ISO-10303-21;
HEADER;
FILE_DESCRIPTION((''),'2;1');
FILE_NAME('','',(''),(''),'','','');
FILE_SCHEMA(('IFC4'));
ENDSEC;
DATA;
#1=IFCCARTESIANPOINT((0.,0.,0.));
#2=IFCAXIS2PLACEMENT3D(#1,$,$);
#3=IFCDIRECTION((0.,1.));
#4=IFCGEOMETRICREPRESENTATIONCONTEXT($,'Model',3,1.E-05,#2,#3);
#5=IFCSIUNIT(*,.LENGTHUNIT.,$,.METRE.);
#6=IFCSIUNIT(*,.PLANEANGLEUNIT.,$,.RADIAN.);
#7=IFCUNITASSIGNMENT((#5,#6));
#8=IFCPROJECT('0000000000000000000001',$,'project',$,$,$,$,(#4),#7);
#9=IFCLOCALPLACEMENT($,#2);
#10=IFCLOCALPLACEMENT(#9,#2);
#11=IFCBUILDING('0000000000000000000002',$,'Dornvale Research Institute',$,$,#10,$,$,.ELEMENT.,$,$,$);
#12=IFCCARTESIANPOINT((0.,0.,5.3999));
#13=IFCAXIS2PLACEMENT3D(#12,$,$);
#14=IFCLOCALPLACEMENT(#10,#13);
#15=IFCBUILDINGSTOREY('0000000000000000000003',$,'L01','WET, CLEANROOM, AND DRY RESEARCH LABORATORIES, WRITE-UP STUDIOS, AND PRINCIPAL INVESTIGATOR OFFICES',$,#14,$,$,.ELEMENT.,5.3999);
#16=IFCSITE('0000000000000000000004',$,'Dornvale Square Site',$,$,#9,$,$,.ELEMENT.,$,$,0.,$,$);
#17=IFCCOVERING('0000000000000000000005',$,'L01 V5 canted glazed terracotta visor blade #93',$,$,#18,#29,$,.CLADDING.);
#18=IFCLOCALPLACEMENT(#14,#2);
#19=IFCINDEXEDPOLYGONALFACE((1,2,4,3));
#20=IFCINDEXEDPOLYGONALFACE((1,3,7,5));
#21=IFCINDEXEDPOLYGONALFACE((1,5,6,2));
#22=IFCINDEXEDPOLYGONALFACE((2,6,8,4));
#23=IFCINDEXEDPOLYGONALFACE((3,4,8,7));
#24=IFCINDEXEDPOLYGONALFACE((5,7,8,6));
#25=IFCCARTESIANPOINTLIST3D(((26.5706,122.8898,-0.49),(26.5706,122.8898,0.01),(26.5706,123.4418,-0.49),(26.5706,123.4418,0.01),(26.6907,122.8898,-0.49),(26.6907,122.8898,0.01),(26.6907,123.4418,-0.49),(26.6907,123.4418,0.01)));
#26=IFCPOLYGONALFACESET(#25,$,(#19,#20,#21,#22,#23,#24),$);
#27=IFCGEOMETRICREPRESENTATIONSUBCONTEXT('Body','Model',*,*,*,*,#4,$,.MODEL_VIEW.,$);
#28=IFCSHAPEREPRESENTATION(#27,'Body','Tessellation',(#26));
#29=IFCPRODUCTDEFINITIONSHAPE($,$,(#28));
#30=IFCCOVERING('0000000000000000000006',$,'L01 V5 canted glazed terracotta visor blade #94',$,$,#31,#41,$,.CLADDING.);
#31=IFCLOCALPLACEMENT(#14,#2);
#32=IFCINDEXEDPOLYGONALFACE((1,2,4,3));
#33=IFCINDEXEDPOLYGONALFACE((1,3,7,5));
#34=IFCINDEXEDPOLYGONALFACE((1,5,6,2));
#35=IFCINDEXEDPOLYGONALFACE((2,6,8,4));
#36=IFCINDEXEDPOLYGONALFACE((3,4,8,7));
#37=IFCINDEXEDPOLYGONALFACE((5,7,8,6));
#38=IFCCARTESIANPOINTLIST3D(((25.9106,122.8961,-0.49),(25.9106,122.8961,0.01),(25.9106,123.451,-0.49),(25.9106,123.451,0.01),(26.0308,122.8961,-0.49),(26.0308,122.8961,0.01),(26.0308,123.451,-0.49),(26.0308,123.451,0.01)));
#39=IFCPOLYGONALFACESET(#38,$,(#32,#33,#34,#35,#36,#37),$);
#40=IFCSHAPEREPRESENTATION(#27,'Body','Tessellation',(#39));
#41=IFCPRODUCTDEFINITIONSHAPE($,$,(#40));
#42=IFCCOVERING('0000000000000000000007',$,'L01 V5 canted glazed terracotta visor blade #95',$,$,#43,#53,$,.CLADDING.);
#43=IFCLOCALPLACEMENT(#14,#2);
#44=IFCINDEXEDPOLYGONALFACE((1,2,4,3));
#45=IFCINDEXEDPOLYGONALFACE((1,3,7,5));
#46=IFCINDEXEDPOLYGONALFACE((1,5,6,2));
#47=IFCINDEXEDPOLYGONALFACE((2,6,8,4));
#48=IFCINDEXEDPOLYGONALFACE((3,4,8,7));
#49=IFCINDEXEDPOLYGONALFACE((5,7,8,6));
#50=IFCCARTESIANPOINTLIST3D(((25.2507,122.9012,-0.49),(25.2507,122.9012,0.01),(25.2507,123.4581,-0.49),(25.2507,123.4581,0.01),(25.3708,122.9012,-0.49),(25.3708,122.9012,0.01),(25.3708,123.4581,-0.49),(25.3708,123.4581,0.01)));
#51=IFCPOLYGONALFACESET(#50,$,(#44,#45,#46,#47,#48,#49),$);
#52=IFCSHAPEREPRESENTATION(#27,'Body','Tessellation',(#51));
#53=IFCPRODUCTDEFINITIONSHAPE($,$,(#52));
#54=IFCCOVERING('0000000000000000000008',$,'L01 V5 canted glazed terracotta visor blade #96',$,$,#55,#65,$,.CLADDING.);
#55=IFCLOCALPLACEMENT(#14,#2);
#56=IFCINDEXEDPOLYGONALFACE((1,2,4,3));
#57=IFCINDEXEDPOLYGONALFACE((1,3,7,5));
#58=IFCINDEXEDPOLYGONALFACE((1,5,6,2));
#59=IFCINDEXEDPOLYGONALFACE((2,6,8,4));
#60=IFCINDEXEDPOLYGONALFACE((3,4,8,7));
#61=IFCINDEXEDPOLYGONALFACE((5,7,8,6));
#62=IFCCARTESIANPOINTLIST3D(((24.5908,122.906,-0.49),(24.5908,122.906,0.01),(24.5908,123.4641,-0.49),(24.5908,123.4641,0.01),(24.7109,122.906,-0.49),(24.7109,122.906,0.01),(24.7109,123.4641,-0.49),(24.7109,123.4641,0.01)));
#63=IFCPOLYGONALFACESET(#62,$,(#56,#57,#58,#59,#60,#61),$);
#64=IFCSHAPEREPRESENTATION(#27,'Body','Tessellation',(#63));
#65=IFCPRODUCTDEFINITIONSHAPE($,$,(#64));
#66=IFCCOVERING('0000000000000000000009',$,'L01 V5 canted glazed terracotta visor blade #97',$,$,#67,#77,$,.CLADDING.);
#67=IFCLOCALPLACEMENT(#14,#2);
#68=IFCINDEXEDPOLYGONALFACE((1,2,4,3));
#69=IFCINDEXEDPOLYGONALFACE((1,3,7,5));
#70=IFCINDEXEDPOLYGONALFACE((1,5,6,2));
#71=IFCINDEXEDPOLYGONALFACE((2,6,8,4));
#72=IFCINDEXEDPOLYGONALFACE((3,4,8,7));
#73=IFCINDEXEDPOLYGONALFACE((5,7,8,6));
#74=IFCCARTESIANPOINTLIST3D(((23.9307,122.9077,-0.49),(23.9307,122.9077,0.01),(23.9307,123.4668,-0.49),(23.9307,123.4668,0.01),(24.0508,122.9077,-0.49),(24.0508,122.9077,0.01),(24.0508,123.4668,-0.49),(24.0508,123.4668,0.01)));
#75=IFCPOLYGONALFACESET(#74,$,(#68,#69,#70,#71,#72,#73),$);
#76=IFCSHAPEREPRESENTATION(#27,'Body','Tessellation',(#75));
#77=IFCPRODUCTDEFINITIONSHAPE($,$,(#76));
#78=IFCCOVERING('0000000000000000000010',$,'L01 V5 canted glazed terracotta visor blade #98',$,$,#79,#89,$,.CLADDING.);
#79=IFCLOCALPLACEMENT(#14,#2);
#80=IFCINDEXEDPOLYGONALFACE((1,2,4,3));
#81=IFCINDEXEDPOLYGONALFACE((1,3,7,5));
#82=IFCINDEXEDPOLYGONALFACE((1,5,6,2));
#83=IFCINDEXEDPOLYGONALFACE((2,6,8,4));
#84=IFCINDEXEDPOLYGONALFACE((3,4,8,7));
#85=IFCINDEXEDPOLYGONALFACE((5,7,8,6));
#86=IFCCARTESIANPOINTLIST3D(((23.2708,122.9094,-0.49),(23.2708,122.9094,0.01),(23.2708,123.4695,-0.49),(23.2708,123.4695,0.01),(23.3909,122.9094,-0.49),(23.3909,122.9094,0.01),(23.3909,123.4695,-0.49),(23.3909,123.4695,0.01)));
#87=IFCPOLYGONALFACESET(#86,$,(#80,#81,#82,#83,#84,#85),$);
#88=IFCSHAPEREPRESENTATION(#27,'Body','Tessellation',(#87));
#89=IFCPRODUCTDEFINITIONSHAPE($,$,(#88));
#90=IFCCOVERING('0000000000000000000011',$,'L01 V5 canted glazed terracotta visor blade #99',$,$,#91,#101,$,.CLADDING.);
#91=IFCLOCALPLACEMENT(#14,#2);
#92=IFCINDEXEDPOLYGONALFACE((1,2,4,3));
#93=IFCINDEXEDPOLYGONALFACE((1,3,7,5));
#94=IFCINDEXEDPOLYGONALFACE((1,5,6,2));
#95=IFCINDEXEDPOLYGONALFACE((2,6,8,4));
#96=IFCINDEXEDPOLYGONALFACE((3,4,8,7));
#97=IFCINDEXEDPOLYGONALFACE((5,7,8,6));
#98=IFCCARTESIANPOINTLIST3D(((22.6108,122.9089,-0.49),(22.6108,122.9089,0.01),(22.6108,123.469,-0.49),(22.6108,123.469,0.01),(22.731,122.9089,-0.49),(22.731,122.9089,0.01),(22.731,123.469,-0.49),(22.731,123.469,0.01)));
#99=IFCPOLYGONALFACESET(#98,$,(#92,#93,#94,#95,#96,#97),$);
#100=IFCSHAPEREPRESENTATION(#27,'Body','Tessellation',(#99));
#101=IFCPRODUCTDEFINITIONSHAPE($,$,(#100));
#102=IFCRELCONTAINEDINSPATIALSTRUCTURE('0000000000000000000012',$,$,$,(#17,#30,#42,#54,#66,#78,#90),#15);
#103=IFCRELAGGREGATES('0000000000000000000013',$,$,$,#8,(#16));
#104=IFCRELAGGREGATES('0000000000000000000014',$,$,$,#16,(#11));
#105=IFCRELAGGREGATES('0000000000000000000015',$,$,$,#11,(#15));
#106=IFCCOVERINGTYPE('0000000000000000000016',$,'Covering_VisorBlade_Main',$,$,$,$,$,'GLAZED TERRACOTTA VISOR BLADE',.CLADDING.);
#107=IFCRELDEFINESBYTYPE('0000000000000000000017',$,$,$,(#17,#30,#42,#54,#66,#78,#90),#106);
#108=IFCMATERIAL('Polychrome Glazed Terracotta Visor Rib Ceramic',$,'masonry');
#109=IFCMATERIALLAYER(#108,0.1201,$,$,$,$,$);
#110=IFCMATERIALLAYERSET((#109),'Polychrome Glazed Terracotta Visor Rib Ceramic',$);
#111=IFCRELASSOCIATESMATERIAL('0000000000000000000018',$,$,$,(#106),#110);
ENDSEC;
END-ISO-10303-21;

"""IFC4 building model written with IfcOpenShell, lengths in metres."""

from ifc_helpers import new_model, si_unit, direction, frame, origin, origin_2d, place, context, subcontext, project, spatial, rectangle, extrude, material, layer, layer_set, type_object, element, save


model = new_model("IFC4")

# Units and contexts
model_context = context("Model", 3, precision=1e-05, world=origin(), true_north=direction((0.0, 1.0)))
body_context = subcontext(model_context, "Body", "Model", "MODEL_VIEW")
ifc_project = project(units=[si_unit("LENGTHUNIT", "METRE"), si_unit("PLANEANGLEUNIT", "RADIAN")], contexts=[model_context])

# Site, building, storey
site_placement = place(None, origin())
site = spatial("IfcSite", under=ifc_project, at=site_placement, Name="Dornvale Square Site", CompositionType="ELEMENT", RefElevation=0.0)
building_placement = place(site_placement, origin())
building = spatial("IfcBuilding", under=site, at=building_placement, Name="Dornvale Research Institute", CompositionType="ELEMENT")
storey_placement = place(building_placement, frame((0.0, 0.0, 5.3999)))
storey = spatial("IfcBuildingStorey", under=building, at=storey_placement, Name="L01", Description="WET, CLEANROOM, AND DRY RESEARCH LABORATORIES, WRITE-UP STUDIOS, AND PRINCIPAL INVESTIGATOR OFFICES", CompositionType="ELEMENT", Elevation=5.3999)

# Coverings
ifc_material_1 = material(Name="Polychrome Glazed Terracotta Visor Rib Ceramic", Category="masonry")
ifc_layer_1 = layer(ifc_material_1, 0.1201)
ifc_layer_set_1 = layer_set([ifc_layer_1], Name="Polychrome Glazed Terracotta Visor Rib Ceramic")
covering_type = type_object("IfcCoveringType", Name="Covering_VisorBlade_Main", ElementType="GLAZED TERRACOTTA VISOR BLADE", PredefinedType="CLADDING", material=ifc_layer_set_1)
covering_1_placement = place(storey_placement, frame((26.6306, 123.1658, -0.49), z_axis=(0.0, 0.0, 1.0), x_axis=(0.0, 1.0, 0.0)))
element("IfcCovering", 1, at=covering_1_placement, inside=storey, type_object=covering_type, Name="L01 V5 canted glazed terracotta visor blade #93", PredefinedType="CLADDING", context=body_context, shape_type="SweptSolid", body=[
    extrude(rectangle(XDim=0.552, YDim=0.1201, at=origin_2d()), origin(), (0.0, 0.0, 1.0), 0.5),
])
covering_2_placement = place(storey_placement, frame((25.9707, 123.1736, -0.49), z_axis=(0.0, 0.0, 1.0), x_axis=(0.0, 1.0, 0.0)))
element("IfcCovering", 2, at=covering_2_placement, inside=storey, type_object=covering_type, Name="L01 V5 canted glazed terracotta visor blade #94", PredefinedType="CLADDING", context=body_context, shape_type="SweptSolid", body=[
    extrude(rectangle(XDim=0.5549, YDim=0.1201, at=origin_2d()), origin(), (0.0, 0.0, 1.0), 0.5),
])
covering_3_placement = place(storey_placement, frame((25.3108, 123.1797, -0.49), z_axis=(0.0, 0.0, 1.0), x_axis=(0.0, 1.0, 0.0)))
element("IfcCovering", 3, at=covering_3_placement, inside=storey, type_object=covering_type, Name="L01 V5 canted glazed terracotta visor blade #95", PredefinedType="CLADDING", context=body_context, shape_type="SweptSolid", body=[
    extrude(rectangle(XDim=0.5569, YDim=0.1201, at=origin_2d()), origin(), (0.0, 0.0, 1.0), 0.5),
])
covering_4_placement = place(storey_placement, frame((24.6509, 123.1851, -0.49), z_axis=(0.0, 0.0, 1.0), x_axis=(0.0, 1.0, 0.0)))
element("IfcCovering", 4, at=covering_4_placement, inside=storey, type_object=covering_type, Name="L01 V5 canted glazed terracotta visor blade #96", PredefinedType="CLADDING", context=body_context, shape_type="SweptSolid", body=[
    extrude(rectangle(XDim=0.5581, YDim=0.1201, at=origin_2d()), origin(), (0.0, 0.0, 1.0), 0.5),
])
covering_5_placement = place(storey_placement, frame((23.9907, 123.1873, -0.49), z_axis=(0.0, 0.0, 1.0), x_axis=(0.0, 1.0, 0.0)))
element("IfcCovering", 5, at=covering_5_placement, inside=storey, type_object=covering_type, Name="L01 V5 canted glazed terracotta visor blade #97", PredefinedType="CLADDING", context=body_context, shape_type="SweptSolid", body=[
    extrude(rectangle(XDim=0.5591, YDim=0.1201, at=origin_2d()), origin(), (0.0, 0.0, 1.0), 0.5),
])
for number, where, z_axis, x_axis, name in (
    (6, (23.3308, 123.1895, -0.49), (0.0, 0.0, 1.0), (0.0, 1.0, 0.0), "L01 V5 canted glazed terracotta visor blade #98"),
    (7, (22.6709, 123.189, -0.49), (0.0, 0.0, 1.0), (0.0, 1.0, 0.0), "L01 V5 canted glazed terracotta visor blade #99"),
):
    element("IfcCovering", number, at=place(storey_placement, frame(where, z_axis=z_axis, x_axis=x_axis)), inside=storey, type_object=covering_type, Name=name, PredefinedType="CLADDING", context=body_context, shape_type="SweptSolid", body=[
        extrude(rectangle(XDim=0.5601, YDim=0.1201, at=origin_2d()), origin(), (0.0, 0.0, 1.0), 0.5),
    ])

save(model, "model.ifc")
